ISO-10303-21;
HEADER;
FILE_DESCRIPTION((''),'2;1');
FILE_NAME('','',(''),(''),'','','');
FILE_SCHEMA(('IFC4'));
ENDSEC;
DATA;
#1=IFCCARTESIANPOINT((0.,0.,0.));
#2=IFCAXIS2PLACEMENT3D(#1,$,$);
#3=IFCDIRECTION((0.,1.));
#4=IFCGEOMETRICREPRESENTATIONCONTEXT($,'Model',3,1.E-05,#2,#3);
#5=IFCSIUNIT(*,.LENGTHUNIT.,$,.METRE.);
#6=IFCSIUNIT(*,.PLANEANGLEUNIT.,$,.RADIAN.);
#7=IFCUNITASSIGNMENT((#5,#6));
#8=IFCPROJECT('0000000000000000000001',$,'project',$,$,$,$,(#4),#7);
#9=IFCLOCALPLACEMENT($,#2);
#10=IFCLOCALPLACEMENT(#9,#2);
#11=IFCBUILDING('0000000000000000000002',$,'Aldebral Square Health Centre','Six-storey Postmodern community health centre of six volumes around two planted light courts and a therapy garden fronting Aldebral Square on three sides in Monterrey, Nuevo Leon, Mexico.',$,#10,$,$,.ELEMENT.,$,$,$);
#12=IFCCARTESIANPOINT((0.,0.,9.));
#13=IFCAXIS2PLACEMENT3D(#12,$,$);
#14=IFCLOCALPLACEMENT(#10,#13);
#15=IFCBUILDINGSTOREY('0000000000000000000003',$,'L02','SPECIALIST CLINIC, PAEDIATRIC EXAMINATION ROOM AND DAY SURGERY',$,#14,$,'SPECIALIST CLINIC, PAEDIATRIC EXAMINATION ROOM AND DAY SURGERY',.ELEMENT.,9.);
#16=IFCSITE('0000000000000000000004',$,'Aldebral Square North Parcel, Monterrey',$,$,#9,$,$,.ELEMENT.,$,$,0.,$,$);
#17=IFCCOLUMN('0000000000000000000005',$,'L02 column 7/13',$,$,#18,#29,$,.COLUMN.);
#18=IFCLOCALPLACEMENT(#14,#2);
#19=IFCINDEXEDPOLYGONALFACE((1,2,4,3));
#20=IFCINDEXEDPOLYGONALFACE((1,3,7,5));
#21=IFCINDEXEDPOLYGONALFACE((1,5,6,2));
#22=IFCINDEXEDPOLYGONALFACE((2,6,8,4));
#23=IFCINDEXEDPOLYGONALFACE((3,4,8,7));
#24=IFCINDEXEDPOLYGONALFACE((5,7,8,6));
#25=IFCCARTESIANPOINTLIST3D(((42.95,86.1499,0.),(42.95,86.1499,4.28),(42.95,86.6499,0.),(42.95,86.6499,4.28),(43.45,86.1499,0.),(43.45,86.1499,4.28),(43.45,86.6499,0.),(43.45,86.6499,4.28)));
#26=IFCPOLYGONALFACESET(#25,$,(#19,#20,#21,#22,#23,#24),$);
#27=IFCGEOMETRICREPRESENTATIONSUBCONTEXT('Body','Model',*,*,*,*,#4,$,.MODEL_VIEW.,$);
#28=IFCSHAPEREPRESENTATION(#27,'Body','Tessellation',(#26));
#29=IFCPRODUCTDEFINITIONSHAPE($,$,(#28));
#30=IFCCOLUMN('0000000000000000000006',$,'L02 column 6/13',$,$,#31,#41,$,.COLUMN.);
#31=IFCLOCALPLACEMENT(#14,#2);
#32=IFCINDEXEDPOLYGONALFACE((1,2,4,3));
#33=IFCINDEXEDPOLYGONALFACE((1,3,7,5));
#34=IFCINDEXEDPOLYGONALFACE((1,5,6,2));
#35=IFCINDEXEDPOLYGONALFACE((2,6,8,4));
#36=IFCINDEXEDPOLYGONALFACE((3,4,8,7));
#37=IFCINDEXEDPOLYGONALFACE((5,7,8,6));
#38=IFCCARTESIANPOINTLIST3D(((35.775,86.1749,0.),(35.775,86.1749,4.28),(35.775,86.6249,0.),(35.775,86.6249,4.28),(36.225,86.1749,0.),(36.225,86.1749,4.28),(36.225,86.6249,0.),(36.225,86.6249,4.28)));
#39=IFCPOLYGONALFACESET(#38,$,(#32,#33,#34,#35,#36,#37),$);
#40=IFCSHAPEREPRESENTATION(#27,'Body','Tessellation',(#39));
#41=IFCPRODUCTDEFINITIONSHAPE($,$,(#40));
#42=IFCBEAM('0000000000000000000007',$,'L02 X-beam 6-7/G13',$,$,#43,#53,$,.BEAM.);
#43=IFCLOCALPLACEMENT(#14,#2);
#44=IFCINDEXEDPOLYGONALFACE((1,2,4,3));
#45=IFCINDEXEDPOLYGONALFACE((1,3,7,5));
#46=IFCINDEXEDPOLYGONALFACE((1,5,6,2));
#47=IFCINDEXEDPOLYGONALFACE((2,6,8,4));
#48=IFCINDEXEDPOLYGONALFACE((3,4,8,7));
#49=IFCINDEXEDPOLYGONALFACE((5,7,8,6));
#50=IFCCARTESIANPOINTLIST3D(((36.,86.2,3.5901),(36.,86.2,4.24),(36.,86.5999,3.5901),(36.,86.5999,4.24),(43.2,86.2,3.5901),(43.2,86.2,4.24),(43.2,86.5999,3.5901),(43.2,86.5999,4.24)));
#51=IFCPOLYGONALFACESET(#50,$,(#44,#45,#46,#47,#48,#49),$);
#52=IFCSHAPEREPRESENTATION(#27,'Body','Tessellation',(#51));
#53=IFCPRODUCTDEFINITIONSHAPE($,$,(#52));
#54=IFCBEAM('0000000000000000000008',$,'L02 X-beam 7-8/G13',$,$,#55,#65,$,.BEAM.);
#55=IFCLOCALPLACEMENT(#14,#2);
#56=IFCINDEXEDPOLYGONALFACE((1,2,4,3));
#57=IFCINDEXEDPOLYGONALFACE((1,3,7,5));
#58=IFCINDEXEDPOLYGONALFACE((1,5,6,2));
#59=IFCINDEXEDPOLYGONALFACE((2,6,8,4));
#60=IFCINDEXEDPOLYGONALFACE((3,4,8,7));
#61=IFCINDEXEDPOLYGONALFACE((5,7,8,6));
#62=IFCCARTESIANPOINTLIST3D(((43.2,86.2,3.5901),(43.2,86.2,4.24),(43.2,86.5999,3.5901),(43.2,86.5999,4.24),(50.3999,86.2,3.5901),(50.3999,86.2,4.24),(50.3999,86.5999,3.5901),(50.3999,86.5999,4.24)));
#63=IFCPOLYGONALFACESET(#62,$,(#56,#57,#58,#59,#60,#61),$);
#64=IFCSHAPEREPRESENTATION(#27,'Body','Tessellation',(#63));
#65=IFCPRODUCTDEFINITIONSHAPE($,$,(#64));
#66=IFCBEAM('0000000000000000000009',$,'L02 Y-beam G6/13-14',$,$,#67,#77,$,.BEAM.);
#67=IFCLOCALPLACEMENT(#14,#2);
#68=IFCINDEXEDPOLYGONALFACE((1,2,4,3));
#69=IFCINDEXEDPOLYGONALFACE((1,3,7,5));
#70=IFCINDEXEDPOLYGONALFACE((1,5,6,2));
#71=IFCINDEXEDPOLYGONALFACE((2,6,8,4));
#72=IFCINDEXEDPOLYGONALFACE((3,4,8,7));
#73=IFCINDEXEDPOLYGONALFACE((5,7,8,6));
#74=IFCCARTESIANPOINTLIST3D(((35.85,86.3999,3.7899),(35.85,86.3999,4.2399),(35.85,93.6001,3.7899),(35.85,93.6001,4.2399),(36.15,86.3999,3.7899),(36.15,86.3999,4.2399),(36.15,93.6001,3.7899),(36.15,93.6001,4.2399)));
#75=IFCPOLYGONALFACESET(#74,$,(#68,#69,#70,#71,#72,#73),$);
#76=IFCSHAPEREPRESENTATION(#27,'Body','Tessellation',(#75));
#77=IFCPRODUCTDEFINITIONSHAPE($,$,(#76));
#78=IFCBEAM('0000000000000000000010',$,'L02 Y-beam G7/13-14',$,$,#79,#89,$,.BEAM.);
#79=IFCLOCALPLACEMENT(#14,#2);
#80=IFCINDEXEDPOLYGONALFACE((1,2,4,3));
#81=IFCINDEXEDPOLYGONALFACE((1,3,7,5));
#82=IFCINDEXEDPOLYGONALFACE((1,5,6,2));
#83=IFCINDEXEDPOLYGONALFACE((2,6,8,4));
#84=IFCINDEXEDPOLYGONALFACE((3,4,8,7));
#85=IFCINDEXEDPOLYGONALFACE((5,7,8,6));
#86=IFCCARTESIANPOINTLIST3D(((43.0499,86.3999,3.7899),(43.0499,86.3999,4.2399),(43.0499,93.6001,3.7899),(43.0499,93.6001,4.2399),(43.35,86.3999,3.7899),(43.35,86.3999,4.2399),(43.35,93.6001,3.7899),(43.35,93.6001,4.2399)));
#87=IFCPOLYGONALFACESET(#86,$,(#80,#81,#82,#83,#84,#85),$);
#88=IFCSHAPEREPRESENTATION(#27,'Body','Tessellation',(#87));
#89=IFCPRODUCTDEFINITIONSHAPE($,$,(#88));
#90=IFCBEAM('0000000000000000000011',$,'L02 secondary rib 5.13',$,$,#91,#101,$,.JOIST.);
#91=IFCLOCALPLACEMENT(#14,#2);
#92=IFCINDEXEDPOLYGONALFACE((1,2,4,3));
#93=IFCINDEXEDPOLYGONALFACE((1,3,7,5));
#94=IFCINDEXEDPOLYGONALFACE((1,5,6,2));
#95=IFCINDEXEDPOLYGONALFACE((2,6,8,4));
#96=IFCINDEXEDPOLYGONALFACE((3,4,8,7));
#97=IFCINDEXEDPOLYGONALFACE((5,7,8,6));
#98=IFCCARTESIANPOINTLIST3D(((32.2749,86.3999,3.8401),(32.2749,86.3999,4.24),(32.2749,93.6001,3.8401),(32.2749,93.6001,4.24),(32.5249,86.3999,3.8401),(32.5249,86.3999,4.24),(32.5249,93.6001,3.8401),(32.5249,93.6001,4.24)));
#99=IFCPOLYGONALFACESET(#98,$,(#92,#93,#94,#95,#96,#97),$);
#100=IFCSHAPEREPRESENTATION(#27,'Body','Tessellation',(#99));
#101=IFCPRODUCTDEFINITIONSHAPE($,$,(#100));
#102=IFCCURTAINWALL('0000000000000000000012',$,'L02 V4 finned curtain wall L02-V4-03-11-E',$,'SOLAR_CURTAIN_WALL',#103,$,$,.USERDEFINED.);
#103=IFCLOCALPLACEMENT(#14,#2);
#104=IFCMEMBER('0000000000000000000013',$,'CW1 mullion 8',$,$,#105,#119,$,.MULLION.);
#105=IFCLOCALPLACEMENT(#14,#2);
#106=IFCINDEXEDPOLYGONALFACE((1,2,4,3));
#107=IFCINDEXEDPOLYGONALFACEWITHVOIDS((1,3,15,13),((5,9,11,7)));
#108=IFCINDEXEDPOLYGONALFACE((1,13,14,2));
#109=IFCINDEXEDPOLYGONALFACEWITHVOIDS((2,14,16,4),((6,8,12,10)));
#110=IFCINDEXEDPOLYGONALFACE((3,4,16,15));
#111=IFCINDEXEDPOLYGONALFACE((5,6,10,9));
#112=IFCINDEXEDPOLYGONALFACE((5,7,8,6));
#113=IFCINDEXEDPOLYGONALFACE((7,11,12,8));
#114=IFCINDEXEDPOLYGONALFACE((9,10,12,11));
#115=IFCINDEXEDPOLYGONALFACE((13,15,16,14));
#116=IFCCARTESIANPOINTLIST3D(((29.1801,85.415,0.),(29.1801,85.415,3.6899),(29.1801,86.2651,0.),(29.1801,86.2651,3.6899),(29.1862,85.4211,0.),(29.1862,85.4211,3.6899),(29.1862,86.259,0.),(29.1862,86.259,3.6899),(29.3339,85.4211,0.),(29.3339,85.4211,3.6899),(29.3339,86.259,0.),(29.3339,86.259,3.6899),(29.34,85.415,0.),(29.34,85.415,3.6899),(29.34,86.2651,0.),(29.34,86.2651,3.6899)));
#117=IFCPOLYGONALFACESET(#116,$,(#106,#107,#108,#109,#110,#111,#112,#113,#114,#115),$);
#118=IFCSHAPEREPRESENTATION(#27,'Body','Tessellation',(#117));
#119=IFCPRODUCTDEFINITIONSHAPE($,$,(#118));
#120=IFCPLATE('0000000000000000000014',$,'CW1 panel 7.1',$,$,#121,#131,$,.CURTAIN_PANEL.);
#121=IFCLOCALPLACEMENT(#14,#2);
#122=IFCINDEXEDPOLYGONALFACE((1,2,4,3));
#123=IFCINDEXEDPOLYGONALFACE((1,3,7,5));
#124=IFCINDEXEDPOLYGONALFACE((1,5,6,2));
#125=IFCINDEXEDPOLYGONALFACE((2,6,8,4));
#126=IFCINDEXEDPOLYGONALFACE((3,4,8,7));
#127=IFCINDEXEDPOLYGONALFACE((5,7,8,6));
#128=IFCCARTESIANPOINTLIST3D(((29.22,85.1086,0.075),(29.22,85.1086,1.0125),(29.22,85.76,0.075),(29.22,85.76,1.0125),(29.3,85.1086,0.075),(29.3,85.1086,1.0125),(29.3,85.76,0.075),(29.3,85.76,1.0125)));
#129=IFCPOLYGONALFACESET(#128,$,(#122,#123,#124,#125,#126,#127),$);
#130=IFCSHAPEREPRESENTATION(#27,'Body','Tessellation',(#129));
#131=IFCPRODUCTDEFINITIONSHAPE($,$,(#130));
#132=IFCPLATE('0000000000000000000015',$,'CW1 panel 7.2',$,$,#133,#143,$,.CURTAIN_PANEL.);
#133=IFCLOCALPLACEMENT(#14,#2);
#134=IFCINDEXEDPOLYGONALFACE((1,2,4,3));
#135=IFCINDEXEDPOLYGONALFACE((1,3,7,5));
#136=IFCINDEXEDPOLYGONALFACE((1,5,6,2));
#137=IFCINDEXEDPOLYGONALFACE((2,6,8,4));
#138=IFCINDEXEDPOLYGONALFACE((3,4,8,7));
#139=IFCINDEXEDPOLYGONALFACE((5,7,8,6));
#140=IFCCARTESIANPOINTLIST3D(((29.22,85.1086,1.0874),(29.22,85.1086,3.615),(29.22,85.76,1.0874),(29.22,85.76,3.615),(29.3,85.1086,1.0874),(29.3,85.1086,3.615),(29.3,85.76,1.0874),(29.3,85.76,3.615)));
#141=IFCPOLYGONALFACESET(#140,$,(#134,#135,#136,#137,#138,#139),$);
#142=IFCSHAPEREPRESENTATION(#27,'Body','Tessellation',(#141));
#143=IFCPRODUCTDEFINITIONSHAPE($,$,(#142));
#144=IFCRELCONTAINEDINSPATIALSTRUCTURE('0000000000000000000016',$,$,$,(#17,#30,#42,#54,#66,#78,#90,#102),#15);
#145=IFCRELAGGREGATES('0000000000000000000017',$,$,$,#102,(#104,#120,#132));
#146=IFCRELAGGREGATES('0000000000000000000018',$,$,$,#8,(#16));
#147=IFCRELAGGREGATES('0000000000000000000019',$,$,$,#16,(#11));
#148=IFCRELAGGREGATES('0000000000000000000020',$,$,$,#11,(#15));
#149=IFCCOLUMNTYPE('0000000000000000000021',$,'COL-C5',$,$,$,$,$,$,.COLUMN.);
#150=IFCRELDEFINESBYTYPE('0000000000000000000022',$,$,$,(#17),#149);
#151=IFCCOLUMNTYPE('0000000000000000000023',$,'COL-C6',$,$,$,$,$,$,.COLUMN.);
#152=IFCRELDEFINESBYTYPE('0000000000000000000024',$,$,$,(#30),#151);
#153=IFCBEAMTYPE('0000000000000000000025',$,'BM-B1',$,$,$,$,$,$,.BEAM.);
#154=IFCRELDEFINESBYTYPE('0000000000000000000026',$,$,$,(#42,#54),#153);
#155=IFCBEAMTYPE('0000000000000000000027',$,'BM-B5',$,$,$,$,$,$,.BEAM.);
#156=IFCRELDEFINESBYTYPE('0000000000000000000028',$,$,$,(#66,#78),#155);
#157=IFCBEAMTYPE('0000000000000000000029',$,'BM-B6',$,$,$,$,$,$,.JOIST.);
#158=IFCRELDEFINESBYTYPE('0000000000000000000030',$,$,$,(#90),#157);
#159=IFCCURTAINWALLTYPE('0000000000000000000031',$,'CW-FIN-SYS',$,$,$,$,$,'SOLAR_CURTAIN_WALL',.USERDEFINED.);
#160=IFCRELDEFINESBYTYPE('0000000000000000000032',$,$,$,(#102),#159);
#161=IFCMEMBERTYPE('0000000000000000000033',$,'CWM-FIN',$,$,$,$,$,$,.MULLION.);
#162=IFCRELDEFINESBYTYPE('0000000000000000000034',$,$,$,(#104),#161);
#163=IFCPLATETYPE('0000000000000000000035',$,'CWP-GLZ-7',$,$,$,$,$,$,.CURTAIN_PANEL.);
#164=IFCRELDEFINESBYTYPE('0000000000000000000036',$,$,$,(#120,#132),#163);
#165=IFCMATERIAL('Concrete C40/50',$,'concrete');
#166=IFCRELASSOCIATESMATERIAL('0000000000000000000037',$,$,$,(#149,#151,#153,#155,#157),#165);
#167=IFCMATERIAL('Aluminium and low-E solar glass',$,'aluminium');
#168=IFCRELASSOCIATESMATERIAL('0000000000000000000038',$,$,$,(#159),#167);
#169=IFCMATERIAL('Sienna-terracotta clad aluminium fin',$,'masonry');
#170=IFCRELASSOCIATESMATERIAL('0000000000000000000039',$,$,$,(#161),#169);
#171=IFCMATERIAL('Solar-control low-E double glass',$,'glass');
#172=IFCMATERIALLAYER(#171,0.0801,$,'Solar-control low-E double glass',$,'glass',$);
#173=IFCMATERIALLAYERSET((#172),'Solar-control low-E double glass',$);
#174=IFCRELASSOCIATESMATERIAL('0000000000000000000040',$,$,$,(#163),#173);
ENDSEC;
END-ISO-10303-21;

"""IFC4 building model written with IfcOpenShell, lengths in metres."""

from ifc_helpers import new_model, si_unit, direction, frame, origin, origin_2d, place, context, subcontext, project, spatial, rectangle, hollow_rectangle, extrude, material, layer, layer_set, material_profile, profile_set, type_object, element, aggregate, save


model = new_model("IFC4")

# Units and contexts
model_context = context("Model", 3, precision=1e-05, world=origin(), true_north=direction((0.0, 1.0)))
body_context = subcontext(model_context, "Body", "Model", "MODEL_VIEW")
ifc_project = project(units=[si_unit("LENGTHUNIT", "METRE"), si_unit("PLANEANGLEUNIT", "RADIAN")], contexts=[model_context])

# Site, building, storey
site_placement = place(None, origin())
site = spatial("IfcSite", under=ifc_project, at=site_placement, Name="Aldebral Square North Parcel, Monterrey", CompositionType="ELEMENT", RefElevation=0.0)
building_placement = place(site_placement, origin())
building = spatial("IfcBuilding", under=site, at=building_placement, Name="Aldebral Square Health Centre", Description="Six-storey Postmodern community health centre of six volumes around two planted light courts and a therapy garden fronting Aldebral Square on three sides in Monterrey, Nuevo Leon, Mexico.", CompositionType="ELEMENT")
storey_placement = place(building_placement, frame((0.0, 0.0, 9.0)))
storey = spatial("IfcBuildingStorey", under=building, at=storey_placement, Name="L02", Description="SPECIALIST CLINIC, PAEDIATRIC EXAMINATION ROOM AND DAY SURGERY", LongName="SPECIALIST CLINIC, PAEDIATRIC EXAMINATION ROOM AND DAY SURGERY", CompositionType="ELEMENT", Elevation=9.0)

# Columns
ifc_material_1 = material(Name="Concrete C40/50", Category="concrete")
ifc_material_profile_1 = material_profile(ifc_material_1, rectangle(XDim=0.5, YDim=0.5, at=origin_2d()), Name="RC 500x500")
ifc_profile_set_1 = profile_set([ifc_material_profile_1], Name="Concrete C40/50")
column_type_1 = type_object("IfcColumnType", Name="COL-C5", PredefinedType="COLUMN", material=ifc_profile_set_1)
column_1_placement = place(storey_placement, frame((43.2, 86.3999, 0.0), z_axis=(0.0, 0.0, 1.0), x_axis=(1.0, 0.0, 0.0)))
element("IfcColumn", 1, at=column_1_placement, inside=storey, type_object=column_type_1, Name="L02 column 7/13", PredefinedType="COLUMN", context=body_context, shape_type="SweptSolid", body=[
    extrude(rectangle(XDim=0.5, YDim=0.5, at=origin_2d()), origin(), (0.0, 0.0, 1.0), 4.28),
])
ifc_material_profile_2 = material_profile(ifc_material_1, rectangle(XDim=0.45, YDim=0.45, at=origin_2d()), Name="RC 450x450")
ifc_profile_set_2 = profile_set([ifc_material_profile_2], Name="Concrete C40/50")
column_type_2 = type_object("IfcColumnType", Name="COL-C6", PredefinedType="COLUMN", material=ifc_profile_set_2)
column_2_placement = place(storey_placement, frame((36.0, 86.3999, 0.0), z_axis=(0.0, 0.0, 1.0), x_axis=(1.0, 0.0, 0.0)))
element("IfcColumn", 2, at=column_2_placement, inside=storey, type_object=column_type_2, Name="L02 column 6/13", PredefinedType="COLUMN", context=body_context, shape_type="SweptSolid", body=[
    extrude(rectangle(XDim=0.45, YDim=0.45, at=origin_2d()), origin(), (0.0, 0.0, 1.0), 4.28),
])

# Beams
ifc_material_profile_3 = material_profile(ifc_material_1, rectangle(XDim=0.3999, YDim=0.6499, at=origin_2d()), Name="RC 400x650")
ifc_profile_set_3 = profile_set([ifc_material_profile_3], Name="Concrete C40/50")
beam_type_1 = type_object("IfcBeamType", Name="BM-B1", PredefinedType="BEAM", material=ifc_profile_set_3)
for number, where, z_axis, x_axis, name in (
    (3, (36.0, 86.3999, 3.915), (1.0, 0.0, 0.0), (0.0, 1.0, 0.0), "L02 X-beam 6-7/G13"),
    (4, (43.2, 86.3999, 3.915), (1.0, 0.0, 0.0), (0.0, 1.0, 0.0), "L02 X-beam 7-8/G13"),
):
    element("IfcBeam", number, at=place(storey_placement, frame(where, z_axis=z_axis, x_axis=x_axis)), inside=storey, type_object=beam_type_1, Name=name, PredefinedType="BEAM", context=body_context, shape_type="SweptSolid", body=[
        extrude(rectangle(XDim=0.3999, YDim=0.6499, at=origin_2d()), origin(), (0.0, 0.0, 1.0), 7.2),
    ])
ifc_material_profile_4 = material_profile(ifc_material_1, rectangle(XDim=0.3, YDim=0.45, at=origin_2d()), Name="RC 300x450")
ifc_profile_set_4 = profile_set([ifc_material_profile_4], Name="Concrete C40/50")
beam_type_2 = type_object("IfcBeamType", Name="BM-B5", PredefinedType="BEAM", material=ifc_profile_set_4)
for number, where, z_axis, x_axis, name in (
    (5, (36.0, 86.3999, 4.0149), (0.0, 1.0, 0.0), (-1.0, 0.0, 0.0), "L02 Y-beam G6/13-14"),
    (6, (43.2, 86.3999, 4.0149), (0.0, 1.0, 0.0), (-1.0, 0.0, 0.0), "L02 Y-beam G7/13-14"),
):
    element("IfcBeam", number, at=place(storey_placement, frame(where, z_axis=z_axis, x_axis=x_axis)), inside=storey, type_object=beam_type_2, Name=name, PredefinedType="BEAM", context=body_context, shape_type="SweptSolid", body=[
        extrude(rectangle(XDim=0.3, YDim=0.45, at=origin_2d()), origin(), (0.0, 0.0, 1.0), 7.2002),
    ])
ifc_material_profile_5 = material_profile(ifc_material_1, rectangle(XDim=0.25, YDim=0.3999, at=origin_2d()), Name="RC 250x400")
ifc_profile_set_5 = profile_set([ifc_material_profile_5], Name="Concrete C40/50")
beam_type_3 = type_object("IfcBeamType", Name="BM-B6", PredefinedType="JOIST", material=ifc_profile_set_5)
beam_placement = place(storey_placement, frame((32.3999, 86.3999, 4.04), z_axis=(0.0, 1.0, 0.0), x_axis=(-1.0, 0.0, 0.0)))
element("IfcBeam", 7, at=beam_placement, inside=storey, type_object=beam_type_3, Name="L02 secondary rib 5.13", PredefinedType="JOIST", context=body_context, shape_type="SweptSolid", body=[
    extrude(rectangle(XDim=0.25, YDim=0.3999, at=origin_2d()), origin(), (0.0, 0.0, 1.0), 7.2002),
])

# Curtain wall, member, plates
ifc_material_2 = material(Name="Aluminium and low-E solar glass", Category="aluminium")
curtain_wall_type = type_object("IfcCurtainWallType", Name="CW-FIN-SYS", ElementType="SOLAR_CURTAIN_WALL", PredefinedType="USERDEFINED", material=ifc_material_2)
curtain_wall_placement = place(storey_placement, origin())
curtain_wall = element("IfcCurtainWall", 8, at=curtain_wall_placement, inside=storey, type_object=curtain_wall_type, Name="L02 V4 finned curtain wall L02-V4-03-11-E", ObjectType="SOLAR_CURTAIN_WALL", PredefinedType="USERDEFINED")
ifc_material_3 = material(Name="Sienna-terracotta clad aluminium fin", Category="masonry")
ifc_material_profile_6 = material_profile(ifc_material_3, hollow_rectangle(XDim=0.1599, YDim=0.8501, WallThickness=0.0061, at=origin_2d()), Name="FIN 160x850x6")
ifc_profile_set_6 = profile_set([ifc_material_profile_6], Name="Sienna-terracotta clad aluminium fin")
member_type = type_object("IfcMemberType", Name="CWM-FIN", PredefinedType="MULLION", material=ifc_profile_set_6)
member_placement = place(storey_placement, frame((29.26, 85.8401, 0.0), z_axis=(0.0, 0.0, 1.0), x_axis=(-1.0, 0.0, 0.0)))
member = element("IfcMember", 9, at=member_placement, type_object=member_type, Name="CW1 mullion 8", PredefinedType="MULLION", context=body_context, shape_type="SweptSolid", body=[
    extrude(hollow_rectangle(XDim=0.1599, YDim=0.8501, WallThickness=0.0061, at=origin_2d()), origin(), (0.0, 0.0, 1.0), 3.6899),
])
ifc_material_4 = material(Name="Solar-control low-E double glass", Category="glass")
ifc_layer_1 = layer(ifc_material_4, 0.0801, Name="Solar-control low-E double glass", Category="glass")
ifc_layer_set_1 = layer_set([ifc_layer_1], Name="Solar-control low-E double glass")
plate_type = type_object("IfcPlateType", Name="CWP-GLZ-7", PredefinedType="CURTAIN_PANEL", material=ifc_layer_set_1)
plate_1_placement = place(storey_placement, frame((29.26, 85.4343, 0.075), z_axis=(0.0, 0.0, 1.0), x_axis=(0.0, 1.0, 0.0)))
plate_1 = element("IfcPlate", 10, at=plate_1_placement, type_object=plate_type, Name="CW1 panel 7.1", PredefinedType="CURTAIN_PANEL", context=body_context, shape_type="SweptSolid", body=[
    extrude(rectangle(XDim=0.6514, YDim=0.0801, at=origin_2d()), origin(), (0.0, 0.0, 1.0), 0.9375),
])
plate_2_placement = place(storey_placement, frame((29.26, 85.4343, 1.0874), z_axis=(0.0, 0.0, 1.0), x_axis=(0.0, 1.0, 0.0)))
plate_2 = element("IfcPlate", 11, at=plate_2_placement, type_object=plate_type, Name="CW1 panel 7.2", PredefinedType="CURTAIN_PANEL", context=body_context, shape_type="SweptSolid", body=[
    extrude(rectangle(XDim=0.6514, YDim=0.0801, at=origin_2d()), origin(), (0.0, 0.0, 1.0), 2.5276),
])
aggregate(curtain_wall, [member, plate_1, plate_2])

save(model, "model.ifc")
